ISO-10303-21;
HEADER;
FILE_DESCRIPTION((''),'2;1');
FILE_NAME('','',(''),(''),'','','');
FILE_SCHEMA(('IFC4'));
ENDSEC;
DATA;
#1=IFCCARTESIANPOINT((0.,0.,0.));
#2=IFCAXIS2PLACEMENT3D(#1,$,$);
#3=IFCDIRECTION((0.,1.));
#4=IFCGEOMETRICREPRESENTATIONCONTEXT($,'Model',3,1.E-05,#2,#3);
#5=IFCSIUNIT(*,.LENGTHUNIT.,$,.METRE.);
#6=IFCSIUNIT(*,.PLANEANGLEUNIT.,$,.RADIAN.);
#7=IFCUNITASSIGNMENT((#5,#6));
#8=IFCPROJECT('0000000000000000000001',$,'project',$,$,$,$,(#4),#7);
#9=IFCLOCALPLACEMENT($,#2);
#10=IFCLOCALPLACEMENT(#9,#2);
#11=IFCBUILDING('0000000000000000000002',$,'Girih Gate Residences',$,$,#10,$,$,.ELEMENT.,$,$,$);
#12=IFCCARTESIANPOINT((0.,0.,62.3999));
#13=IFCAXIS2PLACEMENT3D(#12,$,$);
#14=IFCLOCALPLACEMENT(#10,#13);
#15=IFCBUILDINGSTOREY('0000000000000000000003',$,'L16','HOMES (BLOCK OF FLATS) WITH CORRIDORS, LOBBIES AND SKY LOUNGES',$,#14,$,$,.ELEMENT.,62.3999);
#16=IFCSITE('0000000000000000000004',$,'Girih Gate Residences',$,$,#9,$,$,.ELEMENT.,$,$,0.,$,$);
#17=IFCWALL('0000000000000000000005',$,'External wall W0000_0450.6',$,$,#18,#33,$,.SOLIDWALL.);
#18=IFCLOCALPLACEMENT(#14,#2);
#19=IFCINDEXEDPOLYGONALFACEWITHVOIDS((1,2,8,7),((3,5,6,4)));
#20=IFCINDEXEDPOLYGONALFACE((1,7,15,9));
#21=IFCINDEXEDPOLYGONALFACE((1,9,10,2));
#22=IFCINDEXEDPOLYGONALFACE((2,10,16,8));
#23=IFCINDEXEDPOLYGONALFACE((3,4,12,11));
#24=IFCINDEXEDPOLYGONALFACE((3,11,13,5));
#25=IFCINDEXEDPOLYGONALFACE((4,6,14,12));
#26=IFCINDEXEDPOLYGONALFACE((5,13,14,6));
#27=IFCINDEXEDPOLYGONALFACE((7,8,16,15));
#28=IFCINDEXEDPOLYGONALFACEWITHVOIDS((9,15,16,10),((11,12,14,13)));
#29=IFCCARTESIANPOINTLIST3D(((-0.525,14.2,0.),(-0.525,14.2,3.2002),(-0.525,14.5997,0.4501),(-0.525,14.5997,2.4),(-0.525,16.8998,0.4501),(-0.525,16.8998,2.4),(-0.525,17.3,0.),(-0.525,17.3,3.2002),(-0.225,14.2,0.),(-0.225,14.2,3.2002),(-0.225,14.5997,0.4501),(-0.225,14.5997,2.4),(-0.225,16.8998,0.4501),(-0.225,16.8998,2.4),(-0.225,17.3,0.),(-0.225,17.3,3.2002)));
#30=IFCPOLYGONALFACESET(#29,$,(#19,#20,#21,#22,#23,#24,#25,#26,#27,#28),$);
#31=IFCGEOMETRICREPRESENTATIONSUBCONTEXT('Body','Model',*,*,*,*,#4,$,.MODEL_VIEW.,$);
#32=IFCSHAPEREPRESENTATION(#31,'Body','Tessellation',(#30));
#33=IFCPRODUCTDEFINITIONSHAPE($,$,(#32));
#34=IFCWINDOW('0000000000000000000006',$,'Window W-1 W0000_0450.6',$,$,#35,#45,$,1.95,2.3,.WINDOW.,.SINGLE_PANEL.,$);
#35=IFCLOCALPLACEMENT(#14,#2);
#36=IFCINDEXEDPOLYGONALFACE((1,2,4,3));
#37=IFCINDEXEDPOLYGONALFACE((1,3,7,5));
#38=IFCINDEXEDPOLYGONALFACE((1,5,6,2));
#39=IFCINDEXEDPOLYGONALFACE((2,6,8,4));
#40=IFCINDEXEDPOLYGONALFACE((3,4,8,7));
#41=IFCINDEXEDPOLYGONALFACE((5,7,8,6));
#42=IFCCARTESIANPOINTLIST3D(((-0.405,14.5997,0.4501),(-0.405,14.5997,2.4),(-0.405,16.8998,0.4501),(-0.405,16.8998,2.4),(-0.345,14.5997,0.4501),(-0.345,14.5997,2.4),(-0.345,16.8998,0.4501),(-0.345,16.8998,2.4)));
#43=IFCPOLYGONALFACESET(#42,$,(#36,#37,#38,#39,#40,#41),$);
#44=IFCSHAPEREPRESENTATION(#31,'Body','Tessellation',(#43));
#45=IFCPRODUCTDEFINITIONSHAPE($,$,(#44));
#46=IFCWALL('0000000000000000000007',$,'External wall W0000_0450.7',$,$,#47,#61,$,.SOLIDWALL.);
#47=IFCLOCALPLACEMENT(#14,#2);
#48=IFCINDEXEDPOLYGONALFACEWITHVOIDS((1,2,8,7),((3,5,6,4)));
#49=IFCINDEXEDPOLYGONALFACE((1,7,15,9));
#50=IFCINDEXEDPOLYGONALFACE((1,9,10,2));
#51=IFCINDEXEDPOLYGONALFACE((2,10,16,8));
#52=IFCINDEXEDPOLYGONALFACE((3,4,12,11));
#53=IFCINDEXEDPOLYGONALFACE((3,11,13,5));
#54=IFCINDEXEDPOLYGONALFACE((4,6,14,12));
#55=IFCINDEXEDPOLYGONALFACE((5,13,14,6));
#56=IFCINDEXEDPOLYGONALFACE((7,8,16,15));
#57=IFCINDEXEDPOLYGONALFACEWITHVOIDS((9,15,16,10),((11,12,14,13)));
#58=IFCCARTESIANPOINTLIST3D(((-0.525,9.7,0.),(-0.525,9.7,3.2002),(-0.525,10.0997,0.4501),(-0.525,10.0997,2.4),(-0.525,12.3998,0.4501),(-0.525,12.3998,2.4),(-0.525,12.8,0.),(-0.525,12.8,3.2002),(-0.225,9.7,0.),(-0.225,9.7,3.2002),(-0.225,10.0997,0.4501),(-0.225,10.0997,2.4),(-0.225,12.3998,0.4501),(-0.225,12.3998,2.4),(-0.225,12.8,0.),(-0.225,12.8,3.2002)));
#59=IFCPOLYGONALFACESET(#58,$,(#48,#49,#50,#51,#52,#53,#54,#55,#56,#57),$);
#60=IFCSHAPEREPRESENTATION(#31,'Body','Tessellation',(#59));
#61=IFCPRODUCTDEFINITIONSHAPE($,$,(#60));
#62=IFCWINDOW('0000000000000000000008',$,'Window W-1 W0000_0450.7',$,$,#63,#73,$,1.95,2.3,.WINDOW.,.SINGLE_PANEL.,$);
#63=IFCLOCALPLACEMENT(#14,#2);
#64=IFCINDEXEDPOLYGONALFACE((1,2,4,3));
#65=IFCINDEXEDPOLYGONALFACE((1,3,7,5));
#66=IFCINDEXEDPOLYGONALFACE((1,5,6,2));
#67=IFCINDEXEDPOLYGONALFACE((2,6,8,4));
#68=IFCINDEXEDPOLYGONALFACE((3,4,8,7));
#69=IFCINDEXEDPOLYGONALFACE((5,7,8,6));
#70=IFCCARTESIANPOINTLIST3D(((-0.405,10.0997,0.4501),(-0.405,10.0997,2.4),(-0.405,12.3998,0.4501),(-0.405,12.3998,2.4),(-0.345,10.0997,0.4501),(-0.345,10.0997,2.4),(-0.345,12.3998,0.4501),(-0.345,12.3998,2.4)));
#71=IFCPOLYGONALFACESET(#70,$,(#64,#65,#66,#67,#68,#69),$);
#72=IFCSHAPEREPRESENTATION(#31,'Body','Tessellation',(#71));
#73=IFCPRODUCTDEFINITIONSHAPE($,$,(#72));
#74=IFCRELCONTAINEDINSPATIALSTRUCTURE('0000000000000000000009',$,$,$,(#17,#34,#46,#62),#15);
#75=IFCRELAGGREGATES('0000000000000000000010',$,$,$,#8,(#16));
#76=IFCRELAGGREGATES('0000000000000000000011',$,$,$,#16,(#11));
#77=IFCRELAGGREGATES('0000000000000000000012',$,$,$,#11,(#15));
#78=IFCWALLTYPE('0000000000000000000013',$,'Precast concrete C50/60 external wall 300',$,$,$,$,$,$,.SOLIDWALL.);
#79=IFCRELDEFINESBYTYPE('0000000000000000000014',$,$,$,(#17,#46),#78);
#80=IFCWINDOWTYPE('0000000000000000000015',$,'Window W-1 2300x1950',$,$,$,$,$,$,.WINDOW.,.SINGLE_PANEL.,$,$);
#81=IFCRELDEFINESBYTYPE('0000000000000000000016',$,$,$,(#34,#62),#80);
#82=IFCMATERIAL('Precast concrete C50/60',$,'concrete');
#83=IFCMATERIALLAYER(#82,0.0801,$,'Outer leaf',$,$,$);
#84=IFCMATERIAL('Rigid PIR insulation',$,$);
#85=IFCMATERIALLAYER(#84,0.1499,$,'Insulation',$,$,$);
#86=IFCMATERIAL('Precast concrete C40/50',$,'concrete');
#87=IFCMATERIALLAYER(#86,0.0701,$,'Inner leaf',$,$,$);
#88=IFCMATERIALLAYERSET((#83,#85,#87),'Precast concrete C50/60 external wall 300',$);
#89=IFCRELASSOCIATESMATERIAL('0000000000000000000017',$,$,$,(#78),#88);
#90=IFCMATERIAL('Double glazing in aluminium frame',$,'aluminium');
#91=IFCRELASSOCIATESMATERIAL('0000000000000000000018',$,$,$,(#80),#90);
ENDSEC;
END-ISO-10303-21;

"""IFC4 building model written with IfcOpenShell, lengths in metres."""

from ifc_helpers import new_model, si_unit, direction, frame, frame_2d, origin, place, context, subcontext, project, spatial, rectangle, extrude, material, layer, layer_set, type_object, element, fill, save


model = new_model("IFC4")

# Units and contexts
model_context = context("Model", 3, precision=1e-05, world=origin(), true_north=direction((0.0, 1.0)))
body_context = subcontext(model_context, "Body", "Model", "MODEL_VIEW")
ifc_project = project(units=[si_unit("LENGTHUNIT", "METRE"), si_unit("PLANEANGLEUNIT", "RADIAN")], contexts=[model_context])

# Site, building, storey
site_placement = place(None, origin())
site = spatial("IfcSite", under=ifc_project, at=site_placement, Name="Girih Gate Residences", CompositionType="ELEMENT", RefElevation=0.0)
building_placement = place(site_placement, origin())
building = spatial("IfcBuilding", under=site, at=building_placement, Name="Girih Gate Residences", CompositionType="ELEMENT")
storey_placement = place(building_placement, frame((0.0, 0.0, 62.3999)))
storey = spatial("IfcBuildingStorey", under=building, at=storey_placement, Name="L16", Description="HOMES (BLOCK OF FLATS) WITH CORRIDORS, LOBBIES AND SKY LOUNGES", CompositionType="ELEMENT", Elevation=62.3999)

# Walls, openings, windows
ifc_material_1 = material(Name="Precast concrete C50/60", Category="concrete")
ifc_layer_1 = layer(ifc_material_1, 0.0801, Name="Outer leaf")
ifc_material_2 = material(Name="Rigid PIR insulation")
ifc_layer_2 = layer(ifc_material_2, 0.1499, Name="Insulation")
ifc_material_3 = material(Name="Precast concrete C40/50", Category="concrete")
ifc_layer_3 = layer(ifc_material_3, 0.0701, Name="Inner leaf")
ifc_layer_set_1 = layer_set([ifc_layer_1, ifc_layer_2, ifc_layer_3], Name="Precast concrete C50/60 external wall 300")
wall_type_1 = type_object("IfcWallType", Name="Precast concrete C50/60 external wall 300", PredefinedType="SOLIDWALL", material=ifc_layer_set_1)
ifc_material_4 = material(Name="Double glazing in aluminium frame", Category="aluminium")
window_type = type_object("IfcWindowType", Name="Window W-1 2300x1950", PartitioningType="SINGLE_PANEL", PredefinedType="WINDOW", material=ifc_material_4)
wall_1_placement = place(storey_placement, frame((-0.375, 14.2, 0.0), z_axis=(0.0, 0.0, 1.0), x_axis=(0.0, 1.0, 0.0)))
wall_1 = element("IfcWall", 1, at=wall_1_placement, inside=storey, type_object=wall_type_1, Name="External wall W0000_0450.6", PredefinedType="SOLIDWALL", context=body_context, shape_type="SweptSolid", body=[
    extrude(rectangle(XDim=3.1001, YDim=0.3, at=frame_2d((1.55, 0.0))), origin(), (0.0, 0.0, 1.0), 3.2002),
])
opening_1_placement = place(wall_1_placement, frame((0.3999, 0.0, 0.45)))
opening_1 = element("IfcOpeningElement", 2, at=opening_1_placement, cuts=wall_1, PredefinedType="OPENING", context=body_context, shape_type="SweptSolid", body=[
    extrude(rectangle(XDim=2.3, YDim=1.95, at=frame_2d((1.1499, 0.9751))), frame((0.0, 0.1599, 0.0), z_axis=(0.0, -1.0, 0.0), x_axis=(1.0, 0.0, 0.0)), (0.0, 0.0, 1.0), 0.3201),
])
window_1_placement = place(opening_1_placement, origin())
window_1 = element("IfcWindow", 3, at=window_1_placement, inside=storey, type_object=window_type, Name="Window W-1 W0000_0450.6", OverallHeight=1.95, OverallWidth=2.3, PartitioningType="SINGLE_PANEL", PredefinedType="WINDOW", context=body_context, shape_type="SweptSolid", body=[
    extrude(rectangle(XDim=2.3, YDim=1.95, at=frame_2d((1.1499, 0.9751))), frame((0.0, 0.03, 0.0), z_axis=(0.0, -1.0, 0.0), x_axis=(1.0, 0.0, 0.0)), (0.0, 0.0, 1.0), 0.0601),
])
fill(opening_1, window_1)
wall_2_placement = place(storey_placement, frame((-0.375, 9.7, 0.0), z_axis=(0.0, 0.0, 1.0), x_axis=(0.0, 1.0, 0.0)))
wall_2 = element("IfcWall", 4, at=wall_2_placement, inside=storey, type_object=wall_type_1, Name="External wall W0000_0450.7", PredefinedType="SOLIDWALL", context=body_context, shape_type="SweptSolid", body=[
    extrude(rectangle(XDim=3.1001, YDim=0.3, at=frame_2d((1.55, 0.0))), origin(), (0.0, 0.0, 1.0), 3.2002),
])
opening_2_placement = place(wall_2_placement, frame((0.3999, 0.0, 0.45)))
opening_2 = element("IfcOpeningElement", 5, at=opening_2_placement, cuts=wall_2, PredefinedType="OPENING", context=body_context, shape_type="SweptSolid", body=[
    extrude(rectangle(XDim=2.3, YDim=1.95, at=frame_2d((1.1499, 0.9751))), frame((0.0, 0.1599, 0.0), z_axis=(0.0, -1.0, 0.0), x_axis=(1.0, 0.0, 0.0)), (0.0, 0.0, 1.0), 0.3201),
])
window_2_placement = place(opening_2_placement, origin())
window_2 = element("IfcWindow", 6, at=window_2_placement, inside=storey, type_object=window_type, Name="Window W-1 W0000_0450.7", OverallHeight=1.95, OverallWidth=2.3, PartitioningType="SINGLE_PANEL", PredefinedType="WINDOW", context=body_context, shape_type="SweptSolid", body=[
    extrude(rectangle(XDim=2.3, YDim=1.95, at=frame_2d((1.1499, 0.9751))), frame((0.0, 0.03, 0.0), z_axis=(0.0, -1.0, 0.0), x_axis=(1.0, 0.0, 0.0)), (0.0, 0.0, 1.0), 0.0601),
])
fill(opening_2, window_2)

save(model, "model.ifc")
